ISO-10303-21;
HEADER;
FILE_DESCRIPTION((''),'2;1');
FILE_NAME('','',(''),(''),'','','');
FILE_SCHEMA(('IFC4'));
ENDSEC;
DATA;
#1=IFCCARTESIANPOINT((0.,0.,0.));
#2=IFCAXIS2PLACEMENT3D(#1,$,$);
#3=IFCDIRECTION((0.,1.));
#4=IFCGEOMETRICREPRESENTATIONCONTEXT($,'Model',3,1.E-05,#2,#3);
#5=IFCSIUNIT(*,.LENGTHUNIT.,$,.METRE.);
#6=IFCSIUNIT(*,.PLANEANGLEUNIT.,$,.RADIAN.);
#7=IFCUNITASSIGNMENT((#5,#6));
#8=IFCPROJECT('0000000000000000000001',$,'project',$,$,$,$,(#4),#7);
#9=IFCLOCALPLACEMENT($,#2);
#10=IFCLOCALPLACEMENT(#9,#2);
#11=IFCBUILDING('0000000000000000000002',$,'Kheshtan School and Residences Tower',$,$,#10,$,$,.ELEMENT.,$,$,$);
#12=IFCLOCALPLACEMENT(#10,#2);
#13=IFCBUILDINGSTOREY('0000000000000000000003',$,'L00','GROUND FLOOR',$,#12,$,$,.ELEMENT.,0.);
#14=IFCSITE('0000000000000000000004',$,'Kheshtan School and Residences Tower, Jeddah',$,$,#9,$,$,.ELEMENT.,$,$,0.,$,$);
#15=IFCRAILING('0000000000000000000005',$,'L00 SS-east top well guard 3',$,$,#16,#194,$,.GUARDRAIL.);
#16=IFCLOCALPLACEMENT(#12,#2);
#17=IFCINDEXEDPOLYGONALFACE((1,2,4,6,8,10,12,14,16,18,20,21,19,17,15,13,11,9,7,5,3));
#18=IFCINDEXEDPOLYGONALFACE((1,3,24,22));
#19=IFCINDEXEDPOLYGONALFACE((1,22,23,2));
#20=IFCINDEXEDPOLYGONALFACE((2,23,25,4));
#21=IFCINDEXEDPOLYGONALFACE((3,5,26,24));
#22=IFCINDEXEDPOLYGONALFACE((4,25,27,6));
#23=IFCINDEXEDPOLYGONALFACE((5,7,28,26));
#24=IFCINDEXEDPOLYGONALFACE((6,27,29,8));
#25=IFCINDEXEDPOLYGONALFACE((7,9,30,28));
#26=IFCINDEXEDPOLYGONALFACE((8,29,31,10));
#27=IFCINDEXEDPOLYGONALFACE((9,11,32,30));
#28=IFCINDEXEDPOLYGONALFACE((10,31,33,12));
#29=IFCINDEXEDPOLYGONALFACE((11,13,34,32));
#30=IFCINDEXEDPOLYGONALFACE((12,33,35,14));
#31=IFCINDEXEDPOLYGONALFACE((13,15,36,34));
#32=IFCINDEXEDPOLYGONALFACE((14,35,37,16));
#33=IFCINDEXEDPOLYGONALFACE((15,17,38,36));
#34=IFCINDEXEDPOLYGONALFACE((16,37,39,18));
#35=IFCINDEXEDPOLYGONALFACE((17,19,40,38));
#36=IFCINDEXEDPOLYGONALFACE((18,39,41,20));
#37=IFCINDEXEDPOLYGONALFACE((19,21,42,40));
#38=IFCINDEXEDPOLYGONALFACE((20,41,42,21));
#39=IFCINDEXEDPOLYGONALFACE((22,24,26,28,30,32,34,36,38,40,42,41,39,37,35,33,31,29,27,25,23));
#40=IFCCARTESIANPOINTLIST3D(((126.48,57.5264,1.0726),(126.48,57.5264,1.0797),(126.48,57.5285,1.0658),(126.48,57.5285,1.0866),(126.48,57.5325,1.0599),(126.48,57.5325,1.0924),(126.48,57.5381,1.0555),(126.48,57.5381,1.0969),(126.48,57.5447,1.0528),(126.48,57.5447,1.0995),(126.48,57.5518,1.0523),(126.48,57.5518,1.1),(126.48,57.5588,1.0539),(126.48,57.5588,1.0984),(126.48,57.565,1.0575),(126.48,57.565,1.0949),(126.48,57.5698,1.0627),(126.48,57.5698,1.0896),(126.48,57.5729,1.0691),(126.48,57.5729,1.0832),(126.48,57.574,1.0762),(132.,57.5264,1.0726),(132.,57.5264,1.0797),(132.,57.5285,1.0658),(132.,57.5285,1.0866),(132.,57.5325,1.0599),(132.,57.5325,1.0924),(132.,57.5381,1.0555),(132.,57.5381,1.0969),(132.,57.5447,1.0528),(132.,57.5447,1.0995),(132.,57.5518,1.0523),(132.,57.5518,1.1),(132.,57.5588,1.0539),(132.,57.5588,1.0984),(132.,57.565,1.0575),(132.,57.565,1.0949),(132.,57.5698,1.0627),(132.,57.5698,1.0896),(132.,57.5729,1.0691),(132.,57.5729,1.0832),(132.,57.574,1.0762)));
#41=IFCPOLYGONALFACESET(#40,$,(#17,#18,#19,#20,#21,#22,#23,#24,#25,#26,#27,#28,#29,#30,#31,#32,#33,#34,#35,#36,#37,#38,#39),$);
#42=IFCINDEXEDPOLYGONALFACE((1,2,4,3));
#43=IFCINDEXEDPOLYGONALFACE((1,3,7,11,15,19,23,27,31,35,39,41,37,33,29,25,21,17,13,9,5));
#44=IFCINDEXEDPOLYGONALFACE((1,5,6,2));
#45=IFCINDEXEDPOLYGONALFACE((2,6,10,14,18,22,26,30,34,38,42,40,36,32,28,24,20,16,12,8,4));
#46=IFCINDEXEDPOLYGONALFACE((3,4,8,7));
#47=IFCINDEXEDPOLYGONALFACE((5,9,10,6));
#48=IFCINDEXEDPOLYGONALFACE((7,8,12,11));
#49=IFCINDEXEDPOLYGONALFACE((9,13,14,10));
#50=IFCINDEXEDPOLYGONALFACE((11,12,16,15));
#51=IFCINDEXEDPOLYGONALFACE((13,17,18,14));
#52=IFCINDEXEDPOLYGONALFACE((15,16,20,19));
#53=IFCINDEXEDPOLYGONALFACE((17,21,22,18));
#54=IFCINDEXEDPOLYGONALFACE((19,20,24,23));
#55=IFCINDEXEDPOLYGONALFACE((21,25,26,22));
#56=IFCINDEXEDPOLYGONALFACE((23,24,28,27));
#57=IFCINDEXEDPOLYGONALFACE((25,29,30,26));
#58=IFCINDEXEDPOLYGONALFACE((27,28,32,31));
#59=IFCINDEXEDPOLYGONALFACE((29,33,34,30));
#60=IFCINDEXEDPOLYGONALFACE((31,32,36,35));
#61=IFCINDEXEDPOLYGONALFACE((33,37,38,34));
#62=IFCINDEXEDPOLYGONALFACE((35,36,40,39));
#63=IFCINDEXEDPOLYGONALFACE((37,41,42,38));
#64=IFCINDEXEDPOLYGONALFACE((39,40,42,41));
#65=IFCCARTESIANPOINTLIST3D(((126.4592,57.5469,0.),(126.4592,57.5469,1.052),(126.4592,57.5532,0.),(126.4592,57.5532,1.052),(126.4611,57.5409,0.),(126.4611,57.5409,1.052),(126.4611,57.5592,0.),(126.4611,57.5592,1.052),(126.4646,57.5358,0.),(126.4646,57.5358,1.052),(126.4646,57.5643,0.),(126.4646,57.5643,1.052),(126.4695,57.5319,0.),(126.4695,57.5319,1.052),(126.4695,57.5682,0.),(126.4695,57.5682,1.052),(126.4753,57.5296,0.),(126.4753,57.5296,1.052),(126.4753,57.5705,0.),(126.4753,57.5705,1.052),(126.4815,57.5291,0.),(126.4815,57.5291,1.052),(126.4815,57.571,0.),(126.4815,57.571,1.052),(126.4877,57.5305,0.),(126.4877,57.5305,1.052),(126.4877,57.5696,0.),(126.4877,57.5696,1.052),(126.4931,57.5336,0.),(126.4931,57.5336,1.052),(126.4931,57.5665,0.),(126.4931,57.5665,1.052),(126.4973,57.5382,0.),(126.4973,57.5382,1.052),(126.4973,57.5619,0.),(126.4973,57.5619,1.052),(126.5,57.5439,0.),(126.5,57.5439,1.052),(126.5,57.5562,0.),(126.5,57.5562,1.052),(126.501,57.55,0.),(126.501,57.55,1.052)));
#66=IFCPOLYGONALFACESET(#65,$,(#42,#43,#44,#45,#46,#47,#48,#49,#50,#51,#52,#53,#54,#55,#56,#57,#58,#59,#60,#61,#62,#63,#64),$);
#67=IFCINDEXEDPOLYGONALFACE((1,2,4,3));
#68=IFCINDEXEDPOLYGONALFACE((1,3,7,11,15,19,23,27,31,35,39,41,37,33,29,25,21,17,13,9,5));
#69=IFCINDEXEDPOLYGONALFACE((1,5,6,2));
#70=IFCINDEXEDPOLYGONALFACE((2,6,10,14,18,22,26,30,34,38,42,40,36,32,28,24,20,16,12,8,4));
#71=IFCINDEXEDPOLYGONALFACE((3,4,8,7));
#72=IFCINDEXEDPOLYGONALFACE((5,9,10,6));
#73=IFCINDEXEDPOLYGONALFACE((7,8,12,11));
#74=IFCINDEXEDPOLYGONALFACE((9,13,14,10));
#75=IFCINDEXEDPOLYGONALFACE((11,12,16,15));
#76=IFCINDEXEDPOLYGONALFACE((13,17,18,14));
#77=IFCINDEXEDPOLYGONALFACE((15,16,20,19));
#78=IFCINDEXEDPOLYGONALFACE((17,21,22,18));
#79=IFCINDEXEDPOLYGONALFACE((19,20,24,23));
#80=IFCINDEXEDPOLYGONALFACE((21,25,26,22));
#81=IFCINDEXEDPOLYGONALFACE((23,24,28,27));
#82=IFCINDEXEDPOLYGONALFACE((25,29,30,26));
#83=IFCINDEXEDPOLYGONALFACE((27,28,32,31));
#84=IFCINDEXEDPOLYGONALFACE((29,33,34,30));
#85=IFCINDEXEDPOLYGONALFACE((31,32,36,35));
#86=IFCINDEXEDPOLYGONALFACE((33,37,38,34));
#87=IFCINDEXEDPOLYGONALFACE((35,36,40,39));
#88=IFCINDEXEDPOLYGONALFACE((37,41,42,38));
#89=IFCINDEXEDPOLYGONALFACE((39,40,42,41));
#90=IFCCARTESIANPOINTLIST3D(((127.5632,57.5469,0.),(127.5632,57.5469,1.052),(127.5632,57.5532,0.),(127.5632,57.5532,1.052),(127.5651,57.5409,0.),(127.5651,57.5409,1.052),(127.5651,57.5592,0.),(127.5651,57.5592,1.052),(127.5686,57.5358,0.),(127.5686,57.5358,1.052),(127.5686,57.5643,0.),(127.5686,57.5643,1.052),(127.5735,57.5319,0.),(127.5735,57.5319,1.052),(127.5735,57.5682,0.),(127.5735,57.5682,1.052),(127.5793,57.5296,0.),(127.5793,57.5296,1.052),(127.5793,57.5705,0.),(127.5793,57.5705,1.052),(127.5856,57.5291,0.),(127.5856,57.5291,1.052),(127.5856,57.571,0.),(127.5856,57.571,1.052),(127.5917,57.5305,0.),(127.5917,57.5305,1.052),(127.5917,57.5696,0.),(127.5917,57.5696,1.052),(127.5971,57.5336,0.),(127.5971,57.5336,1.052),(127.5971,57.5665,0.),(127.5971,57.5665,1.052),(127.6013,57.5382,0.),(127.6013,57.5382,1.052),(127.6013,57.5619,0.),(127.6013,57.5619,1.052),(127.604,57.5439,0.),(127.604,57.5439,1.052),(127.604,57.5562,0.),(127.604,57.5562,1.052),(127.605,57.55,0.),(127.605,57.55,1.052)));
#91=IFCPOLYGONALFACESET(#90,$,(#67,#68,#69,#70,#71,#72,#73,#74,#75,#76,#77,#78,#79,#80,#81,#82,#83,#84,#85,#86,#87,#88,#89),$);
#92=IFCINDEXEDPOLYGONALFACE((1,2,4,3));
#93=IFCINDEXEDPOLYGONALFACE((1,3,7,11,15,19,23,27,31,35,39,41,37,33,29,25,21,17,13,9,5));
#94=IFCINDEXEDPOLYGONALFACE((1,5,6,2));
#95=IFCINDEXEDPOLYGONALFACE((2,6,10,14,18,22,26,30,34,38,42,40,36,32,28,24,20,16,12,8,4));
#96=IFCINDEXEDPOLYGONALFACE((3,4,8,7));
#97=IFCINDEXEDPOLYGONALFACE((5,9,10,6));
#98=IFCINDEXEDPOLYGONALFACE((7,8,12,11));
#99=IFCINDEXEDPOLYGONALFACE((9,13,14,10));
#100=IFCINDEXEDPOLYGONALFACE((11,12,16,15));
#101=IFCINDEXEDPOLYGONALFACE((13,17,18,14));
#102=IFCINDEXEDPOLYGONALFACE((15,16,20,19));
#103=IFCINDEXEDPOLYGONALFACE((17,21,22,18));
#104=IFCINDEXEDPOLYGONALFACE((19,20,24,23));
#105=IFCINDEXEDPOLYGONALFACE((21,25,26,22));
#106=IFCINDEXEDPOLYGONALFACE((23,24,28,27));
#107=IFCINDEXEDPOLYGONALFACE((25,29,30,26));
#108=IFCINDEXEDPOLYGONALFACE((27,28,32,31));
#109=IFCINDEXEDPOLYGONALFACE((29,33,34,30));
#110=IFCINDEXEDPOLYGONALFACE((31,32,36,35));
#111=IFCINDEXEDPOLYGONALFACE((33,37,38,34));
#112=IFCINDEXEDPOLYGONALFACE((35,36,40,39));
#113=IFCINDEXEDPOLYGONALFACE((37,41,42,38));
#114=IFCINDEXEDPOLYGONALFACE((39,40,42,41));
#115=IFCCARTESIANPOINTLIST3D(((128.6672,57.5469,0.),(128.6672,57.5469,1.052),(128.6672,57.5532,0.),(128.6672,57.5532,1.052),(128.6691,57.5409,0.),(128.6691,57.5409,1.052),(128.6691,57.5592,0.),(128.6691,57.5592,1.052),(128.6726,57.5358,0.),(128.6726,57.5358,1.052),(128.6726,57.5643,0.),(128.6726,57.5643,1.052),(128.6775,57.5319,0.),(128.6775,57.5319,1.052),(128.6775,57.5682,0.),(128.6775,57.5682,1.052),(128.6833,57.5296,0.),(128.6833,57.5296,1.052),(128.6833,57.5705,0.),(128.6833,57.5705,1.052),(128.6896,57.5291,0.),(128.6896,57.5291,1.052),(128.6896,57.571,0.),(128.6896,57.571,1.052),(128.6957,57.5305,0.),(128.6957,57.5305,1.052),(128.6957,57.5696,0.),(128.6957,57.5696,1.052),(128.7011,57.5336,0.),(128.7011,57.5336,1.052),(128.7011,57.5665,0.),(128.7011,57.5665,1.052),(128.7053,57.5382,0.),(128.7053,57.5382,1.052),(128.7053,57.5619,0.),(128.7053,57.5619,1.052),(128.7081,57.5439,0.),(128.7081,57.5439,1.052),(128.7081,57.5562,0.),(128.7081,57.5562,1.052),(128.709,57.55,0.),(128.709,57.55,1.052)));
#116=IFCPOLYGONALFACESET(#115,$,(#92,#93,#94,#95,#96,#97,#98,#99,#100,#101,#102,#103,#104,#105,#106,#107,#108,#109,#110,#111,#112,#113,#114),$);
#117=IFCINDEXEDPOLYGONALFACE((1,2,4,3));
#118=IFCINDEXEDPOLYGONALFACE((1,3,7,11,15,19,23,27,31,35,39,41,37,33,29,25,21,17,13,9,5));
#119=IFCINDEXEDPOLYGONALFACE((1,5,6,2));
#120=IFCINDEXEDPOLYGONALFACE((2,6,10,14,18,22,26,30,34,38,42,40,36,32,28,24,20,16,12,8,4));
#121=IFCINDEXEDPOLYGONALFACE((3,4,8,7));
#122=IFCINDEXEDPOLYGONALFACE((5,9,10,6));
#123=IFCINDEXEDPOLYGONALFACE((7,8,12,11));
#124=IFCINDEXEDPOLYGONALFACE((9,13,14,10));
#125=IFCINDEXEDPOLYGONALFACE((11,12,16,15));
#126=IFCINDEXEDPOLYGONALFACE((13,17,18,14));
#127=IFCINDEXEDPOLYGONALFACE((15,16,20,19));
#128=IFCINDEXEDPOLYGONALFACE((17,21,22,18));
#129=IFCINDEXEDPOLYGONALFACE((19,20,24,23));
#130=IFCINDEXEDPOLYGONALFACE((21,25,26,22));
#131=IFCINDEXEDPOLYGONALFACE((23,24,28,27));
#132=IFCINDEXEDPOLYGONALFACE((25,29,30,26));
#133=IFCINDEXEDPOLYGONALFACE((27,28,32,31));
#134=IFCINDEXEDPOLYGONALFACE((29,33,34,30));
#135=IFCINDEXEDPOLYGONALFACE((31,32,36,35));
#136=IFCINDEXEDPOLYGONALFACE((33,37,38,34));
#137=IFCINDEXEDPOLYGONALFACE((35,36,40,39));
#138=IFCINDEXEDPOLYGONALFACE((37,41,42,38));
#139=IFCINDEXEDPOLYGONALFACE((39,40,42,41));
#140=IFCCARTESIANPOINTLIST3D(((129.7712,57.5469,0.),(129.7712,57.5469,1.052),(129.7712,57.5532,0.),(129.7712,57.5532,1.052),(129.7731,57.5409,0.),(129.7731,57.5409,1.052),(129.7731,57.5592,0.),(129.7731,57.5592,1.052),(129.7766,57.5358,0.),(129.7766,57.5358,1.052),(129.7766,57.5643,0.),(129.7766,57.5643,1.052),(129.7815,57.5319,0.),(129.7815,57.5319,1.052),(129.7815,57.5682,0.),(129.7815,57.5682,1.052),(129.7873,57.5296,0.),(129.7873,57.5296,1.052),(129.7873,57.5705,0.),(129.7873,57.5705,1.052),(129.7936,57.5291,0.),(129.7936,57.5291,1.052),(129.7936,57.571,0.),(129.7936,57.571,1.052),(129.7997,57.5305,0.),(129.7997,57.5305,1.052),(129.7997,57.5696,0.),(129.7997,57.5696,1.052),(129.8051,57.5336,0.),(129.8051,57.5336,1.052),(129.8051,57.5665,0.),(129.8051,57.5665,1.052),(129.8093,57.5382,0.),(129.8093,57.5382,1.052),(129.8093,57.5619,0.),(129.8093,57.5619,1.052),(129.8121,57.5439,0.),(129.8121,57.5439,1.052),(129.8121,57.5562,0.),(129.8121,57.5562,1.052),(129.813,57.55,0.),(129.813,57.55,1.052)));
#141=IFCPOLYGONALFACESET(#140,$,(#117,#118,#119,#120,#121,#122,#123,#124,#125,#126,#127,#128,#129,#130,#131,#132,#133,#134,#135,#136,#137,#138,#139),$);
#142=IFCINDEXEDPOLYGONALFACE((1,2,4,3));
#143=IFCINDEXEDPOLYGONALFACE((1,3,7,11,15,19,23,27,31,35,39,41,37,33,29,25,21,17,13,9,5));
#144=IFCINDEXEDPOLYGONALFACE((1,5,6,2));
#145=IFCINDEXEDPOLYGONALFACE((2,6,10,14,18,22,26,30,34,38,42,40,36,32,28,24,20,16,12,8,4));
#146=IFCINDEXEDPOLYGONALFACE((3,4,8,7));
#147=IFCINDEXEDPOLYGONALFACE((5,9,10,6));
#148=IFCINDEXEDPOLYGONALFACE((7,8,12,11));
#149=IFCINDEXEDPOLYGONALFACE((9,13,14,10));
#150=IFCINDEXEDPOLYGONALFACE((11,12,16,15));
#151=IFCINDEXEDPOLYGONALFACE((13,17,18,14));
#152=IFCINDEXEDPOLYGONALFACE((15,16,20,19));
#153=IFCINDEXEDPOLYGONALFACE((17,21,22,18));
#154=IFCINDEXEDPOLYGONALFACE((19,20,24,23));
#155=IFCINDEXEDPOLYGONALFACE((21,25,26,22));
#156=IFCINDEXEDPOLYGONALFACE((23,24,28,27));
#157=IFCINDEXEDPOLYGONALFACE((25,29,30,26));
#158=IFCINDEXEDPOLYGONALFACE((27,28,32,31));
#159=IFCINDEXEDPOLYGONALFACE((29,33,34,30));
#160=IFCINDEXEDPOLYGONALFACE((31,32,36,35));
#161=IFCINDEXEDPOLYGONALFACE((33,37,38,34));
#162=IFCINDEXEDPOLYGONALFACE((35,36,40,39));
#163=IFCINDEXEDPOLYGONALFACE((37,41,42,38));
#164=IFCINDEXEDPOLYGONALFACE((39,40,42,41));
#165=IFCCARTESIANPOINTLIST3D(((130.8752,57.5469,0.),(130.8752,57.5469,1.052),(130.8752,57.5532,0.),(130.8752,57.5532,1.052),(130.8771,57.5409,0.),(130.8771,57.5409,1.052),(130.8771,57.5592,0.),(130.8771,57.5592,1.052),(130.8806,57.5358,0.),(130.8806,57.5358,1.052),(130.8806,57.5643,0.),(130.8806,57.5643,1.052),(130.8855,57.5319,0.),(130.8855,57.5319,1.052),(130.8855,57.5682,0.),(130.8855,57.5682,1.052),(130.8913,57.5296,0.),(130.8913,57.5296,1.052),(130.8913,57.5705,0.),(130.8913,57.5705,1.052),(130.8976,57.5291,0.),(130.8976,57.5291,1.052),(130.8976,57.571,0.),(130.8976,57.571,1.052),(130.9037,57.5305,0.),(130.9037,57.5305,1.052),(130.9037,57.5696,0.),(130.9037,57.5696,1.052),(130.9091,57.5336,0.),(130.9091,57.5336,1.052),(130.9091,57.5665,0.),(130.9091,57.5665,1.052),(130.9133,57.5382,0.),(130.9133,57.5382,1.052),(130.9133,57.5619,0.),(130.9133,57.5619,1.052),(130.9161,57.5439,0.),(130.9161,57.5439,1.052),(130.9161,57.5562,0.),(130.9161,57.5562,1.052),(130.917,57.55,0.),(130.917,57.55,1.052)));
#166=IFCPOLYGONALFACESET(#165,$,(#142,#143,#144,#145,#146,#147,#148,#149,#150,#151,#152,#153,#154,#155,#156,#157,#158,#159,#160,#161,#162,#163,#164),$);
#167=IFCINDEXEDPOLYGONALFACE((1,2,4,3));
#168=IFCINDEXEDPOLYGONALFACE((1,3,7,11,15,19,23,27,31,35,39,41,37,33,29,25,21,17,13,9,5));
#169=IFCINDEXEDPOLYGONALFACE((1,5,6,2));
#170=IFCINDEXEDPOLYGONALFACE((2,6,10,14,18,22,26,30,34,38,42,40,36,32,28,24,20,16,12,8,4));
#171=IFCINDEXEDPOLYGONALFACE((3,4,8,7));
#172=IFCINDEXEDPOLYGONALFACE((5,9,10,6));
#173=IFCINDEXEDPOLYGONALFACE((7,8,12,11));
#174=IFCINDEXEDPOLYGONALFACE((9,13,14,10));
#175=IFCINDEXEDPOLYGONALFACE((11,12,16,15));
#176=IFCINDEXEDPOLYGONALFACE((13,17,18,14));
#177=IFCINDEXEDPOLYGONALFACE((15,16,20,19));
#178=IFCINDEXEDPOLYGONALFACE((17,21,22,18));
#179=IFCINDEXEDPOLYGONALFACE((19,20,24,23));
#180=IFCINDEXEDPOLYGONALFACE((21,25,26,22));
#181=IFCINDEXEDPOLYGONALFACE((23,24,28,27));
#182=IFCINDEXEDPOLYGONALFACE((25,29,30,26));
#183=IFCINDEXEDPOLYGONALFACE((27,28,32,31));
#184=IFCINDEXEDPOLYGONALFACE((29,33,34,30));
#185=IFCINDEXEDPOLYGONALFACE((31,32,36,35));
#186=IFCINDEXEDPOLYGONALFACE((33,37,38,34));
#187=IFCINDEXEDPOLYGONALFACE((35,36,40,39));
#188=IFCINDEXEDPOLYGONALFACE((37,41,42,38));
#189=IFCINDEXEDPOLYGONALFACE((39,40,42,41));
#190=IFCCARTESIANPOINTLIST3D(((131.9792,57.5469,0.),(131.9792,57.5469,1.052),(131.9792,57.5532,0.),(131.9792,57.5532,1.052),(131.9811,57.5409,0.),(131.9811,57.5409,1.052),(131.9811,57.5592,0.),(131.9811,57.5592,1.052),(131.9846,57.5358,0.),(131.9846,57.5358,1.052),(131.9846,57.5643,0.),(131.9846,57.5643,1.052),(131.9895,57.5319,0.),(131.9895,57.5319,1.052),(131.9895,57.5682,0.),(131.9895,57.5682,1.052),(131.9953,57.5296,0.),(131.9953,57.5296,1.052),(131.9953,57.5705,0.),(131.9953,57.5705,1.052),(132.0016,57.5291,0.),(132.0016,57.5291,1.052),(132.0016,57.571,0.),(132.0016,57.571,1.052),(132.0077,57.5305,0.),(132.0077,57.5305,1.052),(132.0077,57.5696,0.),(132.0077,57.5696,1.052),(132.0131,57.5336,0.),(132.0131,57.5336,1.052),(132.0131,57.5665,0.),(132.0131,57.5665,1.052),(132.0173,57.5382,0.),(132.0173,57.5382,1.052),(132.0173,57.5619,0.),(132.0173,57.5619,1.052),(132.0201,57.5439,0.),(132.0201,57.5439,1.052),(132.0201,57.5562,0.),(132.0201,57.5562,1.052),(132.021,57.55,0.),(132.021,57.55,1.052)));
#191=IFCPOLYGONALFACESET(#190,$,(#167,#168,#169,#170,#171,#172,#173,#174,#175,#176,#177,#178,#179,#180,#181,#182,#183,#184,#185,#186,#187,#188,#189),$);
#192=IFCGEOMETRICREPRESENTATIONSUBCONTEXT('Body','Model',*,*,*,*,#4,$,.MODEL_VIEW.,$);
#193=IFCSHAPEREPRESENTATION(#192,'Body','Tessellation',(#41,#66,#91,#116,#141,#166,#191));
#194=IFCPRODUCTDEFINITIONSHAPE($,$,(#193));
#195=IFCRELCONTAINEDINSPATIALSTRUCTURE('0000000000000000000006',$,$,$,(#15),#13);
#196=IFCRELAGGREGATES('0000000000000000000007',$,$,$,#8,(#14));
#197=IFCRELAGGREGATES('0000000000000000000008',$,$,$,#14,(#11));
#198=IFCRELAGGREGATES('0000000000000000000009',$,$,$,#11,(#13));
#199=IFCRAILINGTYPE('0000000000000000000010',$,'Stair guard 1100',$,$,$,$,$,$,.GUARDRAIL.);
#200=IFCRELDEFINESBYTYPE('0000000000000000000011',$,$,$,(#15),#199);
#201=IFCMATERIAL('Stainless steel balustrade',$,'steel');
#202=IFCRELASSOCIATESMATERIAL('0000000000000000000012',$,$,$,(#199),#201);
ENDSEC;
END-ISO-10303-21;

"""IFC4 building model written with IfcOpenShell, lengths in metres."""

from ifc_helpers import new_model, si_unit, direction, frame, origin, origin_2d, place, context, subcontext, project, spatial, circle, extrude, material, type_object, element, save


model = new_model("IFC4")

# Units and contexts
model_context = context("Model", 3, precision=1e-05, world=origin(), true_north=direction((0.0, 1.0)))
body_context = subcontext(model_context, "Body", "Model", "MODEL_VIEW")
ifc_project = project(units=[si_unit("LENGTHUNIT", "METRE"), si_unit("PLANEANGLEUNIT", "RADIAN")], contexts=[model_context])

# Site, building, storey
site_placement = place(None, origin())
site = spatial("IfcSite", under=ifc_project, at=site_placement, Name="Kheshtan School and Residences Tower, Jeddah", CompositionType="ELEMENT", RefElevation=0.0)
building_placement = place(site_placement, origin())
building = spatial("IfcBuilding", under=site, at=building_placement, Name="Kheshtan School and Residences Tower", CompositionType="ELEMENT")
storey_placement = place(building_placement, origin())
storey = spatial("IfcBuildingStorey", under=building, at=storey_placement, Name="L00", Description="GROUND FLOOR", CompositionType="ELEMENT", Elevation=0.0)

# Railing
ifc_material_1 = material(Name="Stainless steel balustrade", Category="steel")
railing_type_1 = type_object("IfcRailingType", Name="Stair guard 1100", PredefinedType="GUARDRAIL", material=ifc_material_1)
railing_1_placement = place(storey_placement, frame((126.48, 57.55, 0.0)))
element("IfcRailing", 1, at=railing_1_placement, inside=storey, type_object=railing_type_1, Name="L00 SS-east top well guard 3", PredefinedType="GUARDRAIL", context=body_context, shape_type="SweptSolid", body=[
    extrude(circle(Radius=0.0239, at=origin_2d()), frame((0.0, 0.0, 1.0762), z_axis=(1.0, 0.0, 0.0), x_axis=(0.0, 1.0, 0.0)), (0.0, 0.0, 1.0), 5.52),
    extrude(circle(Radius=0.021, at=origin_2d()), origin(), (0.0, 0.0, 1.0), 1.052),
    extrude(circle(Radius=0.021, at=origin_2d()), frame((1.104, 0.0, 0.0)), (0.0, 0.0, 1.0), 1.052),
    extrude(circle(Radius=0.021, at=origin_2d()), frame((2.208, 0.0, 0.0)), (0.0, 0.0, 1.0), 1.052),
    extrude(circle(Radius=0.021, at=origin_2d()), frame((3.312, 0.0, 0.0)), (0.0, 0.0, 1.0), 1.052),
    extrude(circle(Radius=0.021, at=origin_2d()), frame((4.416, 0.0, 0.0)), (0.0, 0.0, 1.0), 1.052),
    extrude(circle(Radius=0.021, at=origin_2d()), frame((5.52, 0.0, 0.0)), (0.0, 0.0, 1.0), 1.052),
])

save(model, "model.ifc")
